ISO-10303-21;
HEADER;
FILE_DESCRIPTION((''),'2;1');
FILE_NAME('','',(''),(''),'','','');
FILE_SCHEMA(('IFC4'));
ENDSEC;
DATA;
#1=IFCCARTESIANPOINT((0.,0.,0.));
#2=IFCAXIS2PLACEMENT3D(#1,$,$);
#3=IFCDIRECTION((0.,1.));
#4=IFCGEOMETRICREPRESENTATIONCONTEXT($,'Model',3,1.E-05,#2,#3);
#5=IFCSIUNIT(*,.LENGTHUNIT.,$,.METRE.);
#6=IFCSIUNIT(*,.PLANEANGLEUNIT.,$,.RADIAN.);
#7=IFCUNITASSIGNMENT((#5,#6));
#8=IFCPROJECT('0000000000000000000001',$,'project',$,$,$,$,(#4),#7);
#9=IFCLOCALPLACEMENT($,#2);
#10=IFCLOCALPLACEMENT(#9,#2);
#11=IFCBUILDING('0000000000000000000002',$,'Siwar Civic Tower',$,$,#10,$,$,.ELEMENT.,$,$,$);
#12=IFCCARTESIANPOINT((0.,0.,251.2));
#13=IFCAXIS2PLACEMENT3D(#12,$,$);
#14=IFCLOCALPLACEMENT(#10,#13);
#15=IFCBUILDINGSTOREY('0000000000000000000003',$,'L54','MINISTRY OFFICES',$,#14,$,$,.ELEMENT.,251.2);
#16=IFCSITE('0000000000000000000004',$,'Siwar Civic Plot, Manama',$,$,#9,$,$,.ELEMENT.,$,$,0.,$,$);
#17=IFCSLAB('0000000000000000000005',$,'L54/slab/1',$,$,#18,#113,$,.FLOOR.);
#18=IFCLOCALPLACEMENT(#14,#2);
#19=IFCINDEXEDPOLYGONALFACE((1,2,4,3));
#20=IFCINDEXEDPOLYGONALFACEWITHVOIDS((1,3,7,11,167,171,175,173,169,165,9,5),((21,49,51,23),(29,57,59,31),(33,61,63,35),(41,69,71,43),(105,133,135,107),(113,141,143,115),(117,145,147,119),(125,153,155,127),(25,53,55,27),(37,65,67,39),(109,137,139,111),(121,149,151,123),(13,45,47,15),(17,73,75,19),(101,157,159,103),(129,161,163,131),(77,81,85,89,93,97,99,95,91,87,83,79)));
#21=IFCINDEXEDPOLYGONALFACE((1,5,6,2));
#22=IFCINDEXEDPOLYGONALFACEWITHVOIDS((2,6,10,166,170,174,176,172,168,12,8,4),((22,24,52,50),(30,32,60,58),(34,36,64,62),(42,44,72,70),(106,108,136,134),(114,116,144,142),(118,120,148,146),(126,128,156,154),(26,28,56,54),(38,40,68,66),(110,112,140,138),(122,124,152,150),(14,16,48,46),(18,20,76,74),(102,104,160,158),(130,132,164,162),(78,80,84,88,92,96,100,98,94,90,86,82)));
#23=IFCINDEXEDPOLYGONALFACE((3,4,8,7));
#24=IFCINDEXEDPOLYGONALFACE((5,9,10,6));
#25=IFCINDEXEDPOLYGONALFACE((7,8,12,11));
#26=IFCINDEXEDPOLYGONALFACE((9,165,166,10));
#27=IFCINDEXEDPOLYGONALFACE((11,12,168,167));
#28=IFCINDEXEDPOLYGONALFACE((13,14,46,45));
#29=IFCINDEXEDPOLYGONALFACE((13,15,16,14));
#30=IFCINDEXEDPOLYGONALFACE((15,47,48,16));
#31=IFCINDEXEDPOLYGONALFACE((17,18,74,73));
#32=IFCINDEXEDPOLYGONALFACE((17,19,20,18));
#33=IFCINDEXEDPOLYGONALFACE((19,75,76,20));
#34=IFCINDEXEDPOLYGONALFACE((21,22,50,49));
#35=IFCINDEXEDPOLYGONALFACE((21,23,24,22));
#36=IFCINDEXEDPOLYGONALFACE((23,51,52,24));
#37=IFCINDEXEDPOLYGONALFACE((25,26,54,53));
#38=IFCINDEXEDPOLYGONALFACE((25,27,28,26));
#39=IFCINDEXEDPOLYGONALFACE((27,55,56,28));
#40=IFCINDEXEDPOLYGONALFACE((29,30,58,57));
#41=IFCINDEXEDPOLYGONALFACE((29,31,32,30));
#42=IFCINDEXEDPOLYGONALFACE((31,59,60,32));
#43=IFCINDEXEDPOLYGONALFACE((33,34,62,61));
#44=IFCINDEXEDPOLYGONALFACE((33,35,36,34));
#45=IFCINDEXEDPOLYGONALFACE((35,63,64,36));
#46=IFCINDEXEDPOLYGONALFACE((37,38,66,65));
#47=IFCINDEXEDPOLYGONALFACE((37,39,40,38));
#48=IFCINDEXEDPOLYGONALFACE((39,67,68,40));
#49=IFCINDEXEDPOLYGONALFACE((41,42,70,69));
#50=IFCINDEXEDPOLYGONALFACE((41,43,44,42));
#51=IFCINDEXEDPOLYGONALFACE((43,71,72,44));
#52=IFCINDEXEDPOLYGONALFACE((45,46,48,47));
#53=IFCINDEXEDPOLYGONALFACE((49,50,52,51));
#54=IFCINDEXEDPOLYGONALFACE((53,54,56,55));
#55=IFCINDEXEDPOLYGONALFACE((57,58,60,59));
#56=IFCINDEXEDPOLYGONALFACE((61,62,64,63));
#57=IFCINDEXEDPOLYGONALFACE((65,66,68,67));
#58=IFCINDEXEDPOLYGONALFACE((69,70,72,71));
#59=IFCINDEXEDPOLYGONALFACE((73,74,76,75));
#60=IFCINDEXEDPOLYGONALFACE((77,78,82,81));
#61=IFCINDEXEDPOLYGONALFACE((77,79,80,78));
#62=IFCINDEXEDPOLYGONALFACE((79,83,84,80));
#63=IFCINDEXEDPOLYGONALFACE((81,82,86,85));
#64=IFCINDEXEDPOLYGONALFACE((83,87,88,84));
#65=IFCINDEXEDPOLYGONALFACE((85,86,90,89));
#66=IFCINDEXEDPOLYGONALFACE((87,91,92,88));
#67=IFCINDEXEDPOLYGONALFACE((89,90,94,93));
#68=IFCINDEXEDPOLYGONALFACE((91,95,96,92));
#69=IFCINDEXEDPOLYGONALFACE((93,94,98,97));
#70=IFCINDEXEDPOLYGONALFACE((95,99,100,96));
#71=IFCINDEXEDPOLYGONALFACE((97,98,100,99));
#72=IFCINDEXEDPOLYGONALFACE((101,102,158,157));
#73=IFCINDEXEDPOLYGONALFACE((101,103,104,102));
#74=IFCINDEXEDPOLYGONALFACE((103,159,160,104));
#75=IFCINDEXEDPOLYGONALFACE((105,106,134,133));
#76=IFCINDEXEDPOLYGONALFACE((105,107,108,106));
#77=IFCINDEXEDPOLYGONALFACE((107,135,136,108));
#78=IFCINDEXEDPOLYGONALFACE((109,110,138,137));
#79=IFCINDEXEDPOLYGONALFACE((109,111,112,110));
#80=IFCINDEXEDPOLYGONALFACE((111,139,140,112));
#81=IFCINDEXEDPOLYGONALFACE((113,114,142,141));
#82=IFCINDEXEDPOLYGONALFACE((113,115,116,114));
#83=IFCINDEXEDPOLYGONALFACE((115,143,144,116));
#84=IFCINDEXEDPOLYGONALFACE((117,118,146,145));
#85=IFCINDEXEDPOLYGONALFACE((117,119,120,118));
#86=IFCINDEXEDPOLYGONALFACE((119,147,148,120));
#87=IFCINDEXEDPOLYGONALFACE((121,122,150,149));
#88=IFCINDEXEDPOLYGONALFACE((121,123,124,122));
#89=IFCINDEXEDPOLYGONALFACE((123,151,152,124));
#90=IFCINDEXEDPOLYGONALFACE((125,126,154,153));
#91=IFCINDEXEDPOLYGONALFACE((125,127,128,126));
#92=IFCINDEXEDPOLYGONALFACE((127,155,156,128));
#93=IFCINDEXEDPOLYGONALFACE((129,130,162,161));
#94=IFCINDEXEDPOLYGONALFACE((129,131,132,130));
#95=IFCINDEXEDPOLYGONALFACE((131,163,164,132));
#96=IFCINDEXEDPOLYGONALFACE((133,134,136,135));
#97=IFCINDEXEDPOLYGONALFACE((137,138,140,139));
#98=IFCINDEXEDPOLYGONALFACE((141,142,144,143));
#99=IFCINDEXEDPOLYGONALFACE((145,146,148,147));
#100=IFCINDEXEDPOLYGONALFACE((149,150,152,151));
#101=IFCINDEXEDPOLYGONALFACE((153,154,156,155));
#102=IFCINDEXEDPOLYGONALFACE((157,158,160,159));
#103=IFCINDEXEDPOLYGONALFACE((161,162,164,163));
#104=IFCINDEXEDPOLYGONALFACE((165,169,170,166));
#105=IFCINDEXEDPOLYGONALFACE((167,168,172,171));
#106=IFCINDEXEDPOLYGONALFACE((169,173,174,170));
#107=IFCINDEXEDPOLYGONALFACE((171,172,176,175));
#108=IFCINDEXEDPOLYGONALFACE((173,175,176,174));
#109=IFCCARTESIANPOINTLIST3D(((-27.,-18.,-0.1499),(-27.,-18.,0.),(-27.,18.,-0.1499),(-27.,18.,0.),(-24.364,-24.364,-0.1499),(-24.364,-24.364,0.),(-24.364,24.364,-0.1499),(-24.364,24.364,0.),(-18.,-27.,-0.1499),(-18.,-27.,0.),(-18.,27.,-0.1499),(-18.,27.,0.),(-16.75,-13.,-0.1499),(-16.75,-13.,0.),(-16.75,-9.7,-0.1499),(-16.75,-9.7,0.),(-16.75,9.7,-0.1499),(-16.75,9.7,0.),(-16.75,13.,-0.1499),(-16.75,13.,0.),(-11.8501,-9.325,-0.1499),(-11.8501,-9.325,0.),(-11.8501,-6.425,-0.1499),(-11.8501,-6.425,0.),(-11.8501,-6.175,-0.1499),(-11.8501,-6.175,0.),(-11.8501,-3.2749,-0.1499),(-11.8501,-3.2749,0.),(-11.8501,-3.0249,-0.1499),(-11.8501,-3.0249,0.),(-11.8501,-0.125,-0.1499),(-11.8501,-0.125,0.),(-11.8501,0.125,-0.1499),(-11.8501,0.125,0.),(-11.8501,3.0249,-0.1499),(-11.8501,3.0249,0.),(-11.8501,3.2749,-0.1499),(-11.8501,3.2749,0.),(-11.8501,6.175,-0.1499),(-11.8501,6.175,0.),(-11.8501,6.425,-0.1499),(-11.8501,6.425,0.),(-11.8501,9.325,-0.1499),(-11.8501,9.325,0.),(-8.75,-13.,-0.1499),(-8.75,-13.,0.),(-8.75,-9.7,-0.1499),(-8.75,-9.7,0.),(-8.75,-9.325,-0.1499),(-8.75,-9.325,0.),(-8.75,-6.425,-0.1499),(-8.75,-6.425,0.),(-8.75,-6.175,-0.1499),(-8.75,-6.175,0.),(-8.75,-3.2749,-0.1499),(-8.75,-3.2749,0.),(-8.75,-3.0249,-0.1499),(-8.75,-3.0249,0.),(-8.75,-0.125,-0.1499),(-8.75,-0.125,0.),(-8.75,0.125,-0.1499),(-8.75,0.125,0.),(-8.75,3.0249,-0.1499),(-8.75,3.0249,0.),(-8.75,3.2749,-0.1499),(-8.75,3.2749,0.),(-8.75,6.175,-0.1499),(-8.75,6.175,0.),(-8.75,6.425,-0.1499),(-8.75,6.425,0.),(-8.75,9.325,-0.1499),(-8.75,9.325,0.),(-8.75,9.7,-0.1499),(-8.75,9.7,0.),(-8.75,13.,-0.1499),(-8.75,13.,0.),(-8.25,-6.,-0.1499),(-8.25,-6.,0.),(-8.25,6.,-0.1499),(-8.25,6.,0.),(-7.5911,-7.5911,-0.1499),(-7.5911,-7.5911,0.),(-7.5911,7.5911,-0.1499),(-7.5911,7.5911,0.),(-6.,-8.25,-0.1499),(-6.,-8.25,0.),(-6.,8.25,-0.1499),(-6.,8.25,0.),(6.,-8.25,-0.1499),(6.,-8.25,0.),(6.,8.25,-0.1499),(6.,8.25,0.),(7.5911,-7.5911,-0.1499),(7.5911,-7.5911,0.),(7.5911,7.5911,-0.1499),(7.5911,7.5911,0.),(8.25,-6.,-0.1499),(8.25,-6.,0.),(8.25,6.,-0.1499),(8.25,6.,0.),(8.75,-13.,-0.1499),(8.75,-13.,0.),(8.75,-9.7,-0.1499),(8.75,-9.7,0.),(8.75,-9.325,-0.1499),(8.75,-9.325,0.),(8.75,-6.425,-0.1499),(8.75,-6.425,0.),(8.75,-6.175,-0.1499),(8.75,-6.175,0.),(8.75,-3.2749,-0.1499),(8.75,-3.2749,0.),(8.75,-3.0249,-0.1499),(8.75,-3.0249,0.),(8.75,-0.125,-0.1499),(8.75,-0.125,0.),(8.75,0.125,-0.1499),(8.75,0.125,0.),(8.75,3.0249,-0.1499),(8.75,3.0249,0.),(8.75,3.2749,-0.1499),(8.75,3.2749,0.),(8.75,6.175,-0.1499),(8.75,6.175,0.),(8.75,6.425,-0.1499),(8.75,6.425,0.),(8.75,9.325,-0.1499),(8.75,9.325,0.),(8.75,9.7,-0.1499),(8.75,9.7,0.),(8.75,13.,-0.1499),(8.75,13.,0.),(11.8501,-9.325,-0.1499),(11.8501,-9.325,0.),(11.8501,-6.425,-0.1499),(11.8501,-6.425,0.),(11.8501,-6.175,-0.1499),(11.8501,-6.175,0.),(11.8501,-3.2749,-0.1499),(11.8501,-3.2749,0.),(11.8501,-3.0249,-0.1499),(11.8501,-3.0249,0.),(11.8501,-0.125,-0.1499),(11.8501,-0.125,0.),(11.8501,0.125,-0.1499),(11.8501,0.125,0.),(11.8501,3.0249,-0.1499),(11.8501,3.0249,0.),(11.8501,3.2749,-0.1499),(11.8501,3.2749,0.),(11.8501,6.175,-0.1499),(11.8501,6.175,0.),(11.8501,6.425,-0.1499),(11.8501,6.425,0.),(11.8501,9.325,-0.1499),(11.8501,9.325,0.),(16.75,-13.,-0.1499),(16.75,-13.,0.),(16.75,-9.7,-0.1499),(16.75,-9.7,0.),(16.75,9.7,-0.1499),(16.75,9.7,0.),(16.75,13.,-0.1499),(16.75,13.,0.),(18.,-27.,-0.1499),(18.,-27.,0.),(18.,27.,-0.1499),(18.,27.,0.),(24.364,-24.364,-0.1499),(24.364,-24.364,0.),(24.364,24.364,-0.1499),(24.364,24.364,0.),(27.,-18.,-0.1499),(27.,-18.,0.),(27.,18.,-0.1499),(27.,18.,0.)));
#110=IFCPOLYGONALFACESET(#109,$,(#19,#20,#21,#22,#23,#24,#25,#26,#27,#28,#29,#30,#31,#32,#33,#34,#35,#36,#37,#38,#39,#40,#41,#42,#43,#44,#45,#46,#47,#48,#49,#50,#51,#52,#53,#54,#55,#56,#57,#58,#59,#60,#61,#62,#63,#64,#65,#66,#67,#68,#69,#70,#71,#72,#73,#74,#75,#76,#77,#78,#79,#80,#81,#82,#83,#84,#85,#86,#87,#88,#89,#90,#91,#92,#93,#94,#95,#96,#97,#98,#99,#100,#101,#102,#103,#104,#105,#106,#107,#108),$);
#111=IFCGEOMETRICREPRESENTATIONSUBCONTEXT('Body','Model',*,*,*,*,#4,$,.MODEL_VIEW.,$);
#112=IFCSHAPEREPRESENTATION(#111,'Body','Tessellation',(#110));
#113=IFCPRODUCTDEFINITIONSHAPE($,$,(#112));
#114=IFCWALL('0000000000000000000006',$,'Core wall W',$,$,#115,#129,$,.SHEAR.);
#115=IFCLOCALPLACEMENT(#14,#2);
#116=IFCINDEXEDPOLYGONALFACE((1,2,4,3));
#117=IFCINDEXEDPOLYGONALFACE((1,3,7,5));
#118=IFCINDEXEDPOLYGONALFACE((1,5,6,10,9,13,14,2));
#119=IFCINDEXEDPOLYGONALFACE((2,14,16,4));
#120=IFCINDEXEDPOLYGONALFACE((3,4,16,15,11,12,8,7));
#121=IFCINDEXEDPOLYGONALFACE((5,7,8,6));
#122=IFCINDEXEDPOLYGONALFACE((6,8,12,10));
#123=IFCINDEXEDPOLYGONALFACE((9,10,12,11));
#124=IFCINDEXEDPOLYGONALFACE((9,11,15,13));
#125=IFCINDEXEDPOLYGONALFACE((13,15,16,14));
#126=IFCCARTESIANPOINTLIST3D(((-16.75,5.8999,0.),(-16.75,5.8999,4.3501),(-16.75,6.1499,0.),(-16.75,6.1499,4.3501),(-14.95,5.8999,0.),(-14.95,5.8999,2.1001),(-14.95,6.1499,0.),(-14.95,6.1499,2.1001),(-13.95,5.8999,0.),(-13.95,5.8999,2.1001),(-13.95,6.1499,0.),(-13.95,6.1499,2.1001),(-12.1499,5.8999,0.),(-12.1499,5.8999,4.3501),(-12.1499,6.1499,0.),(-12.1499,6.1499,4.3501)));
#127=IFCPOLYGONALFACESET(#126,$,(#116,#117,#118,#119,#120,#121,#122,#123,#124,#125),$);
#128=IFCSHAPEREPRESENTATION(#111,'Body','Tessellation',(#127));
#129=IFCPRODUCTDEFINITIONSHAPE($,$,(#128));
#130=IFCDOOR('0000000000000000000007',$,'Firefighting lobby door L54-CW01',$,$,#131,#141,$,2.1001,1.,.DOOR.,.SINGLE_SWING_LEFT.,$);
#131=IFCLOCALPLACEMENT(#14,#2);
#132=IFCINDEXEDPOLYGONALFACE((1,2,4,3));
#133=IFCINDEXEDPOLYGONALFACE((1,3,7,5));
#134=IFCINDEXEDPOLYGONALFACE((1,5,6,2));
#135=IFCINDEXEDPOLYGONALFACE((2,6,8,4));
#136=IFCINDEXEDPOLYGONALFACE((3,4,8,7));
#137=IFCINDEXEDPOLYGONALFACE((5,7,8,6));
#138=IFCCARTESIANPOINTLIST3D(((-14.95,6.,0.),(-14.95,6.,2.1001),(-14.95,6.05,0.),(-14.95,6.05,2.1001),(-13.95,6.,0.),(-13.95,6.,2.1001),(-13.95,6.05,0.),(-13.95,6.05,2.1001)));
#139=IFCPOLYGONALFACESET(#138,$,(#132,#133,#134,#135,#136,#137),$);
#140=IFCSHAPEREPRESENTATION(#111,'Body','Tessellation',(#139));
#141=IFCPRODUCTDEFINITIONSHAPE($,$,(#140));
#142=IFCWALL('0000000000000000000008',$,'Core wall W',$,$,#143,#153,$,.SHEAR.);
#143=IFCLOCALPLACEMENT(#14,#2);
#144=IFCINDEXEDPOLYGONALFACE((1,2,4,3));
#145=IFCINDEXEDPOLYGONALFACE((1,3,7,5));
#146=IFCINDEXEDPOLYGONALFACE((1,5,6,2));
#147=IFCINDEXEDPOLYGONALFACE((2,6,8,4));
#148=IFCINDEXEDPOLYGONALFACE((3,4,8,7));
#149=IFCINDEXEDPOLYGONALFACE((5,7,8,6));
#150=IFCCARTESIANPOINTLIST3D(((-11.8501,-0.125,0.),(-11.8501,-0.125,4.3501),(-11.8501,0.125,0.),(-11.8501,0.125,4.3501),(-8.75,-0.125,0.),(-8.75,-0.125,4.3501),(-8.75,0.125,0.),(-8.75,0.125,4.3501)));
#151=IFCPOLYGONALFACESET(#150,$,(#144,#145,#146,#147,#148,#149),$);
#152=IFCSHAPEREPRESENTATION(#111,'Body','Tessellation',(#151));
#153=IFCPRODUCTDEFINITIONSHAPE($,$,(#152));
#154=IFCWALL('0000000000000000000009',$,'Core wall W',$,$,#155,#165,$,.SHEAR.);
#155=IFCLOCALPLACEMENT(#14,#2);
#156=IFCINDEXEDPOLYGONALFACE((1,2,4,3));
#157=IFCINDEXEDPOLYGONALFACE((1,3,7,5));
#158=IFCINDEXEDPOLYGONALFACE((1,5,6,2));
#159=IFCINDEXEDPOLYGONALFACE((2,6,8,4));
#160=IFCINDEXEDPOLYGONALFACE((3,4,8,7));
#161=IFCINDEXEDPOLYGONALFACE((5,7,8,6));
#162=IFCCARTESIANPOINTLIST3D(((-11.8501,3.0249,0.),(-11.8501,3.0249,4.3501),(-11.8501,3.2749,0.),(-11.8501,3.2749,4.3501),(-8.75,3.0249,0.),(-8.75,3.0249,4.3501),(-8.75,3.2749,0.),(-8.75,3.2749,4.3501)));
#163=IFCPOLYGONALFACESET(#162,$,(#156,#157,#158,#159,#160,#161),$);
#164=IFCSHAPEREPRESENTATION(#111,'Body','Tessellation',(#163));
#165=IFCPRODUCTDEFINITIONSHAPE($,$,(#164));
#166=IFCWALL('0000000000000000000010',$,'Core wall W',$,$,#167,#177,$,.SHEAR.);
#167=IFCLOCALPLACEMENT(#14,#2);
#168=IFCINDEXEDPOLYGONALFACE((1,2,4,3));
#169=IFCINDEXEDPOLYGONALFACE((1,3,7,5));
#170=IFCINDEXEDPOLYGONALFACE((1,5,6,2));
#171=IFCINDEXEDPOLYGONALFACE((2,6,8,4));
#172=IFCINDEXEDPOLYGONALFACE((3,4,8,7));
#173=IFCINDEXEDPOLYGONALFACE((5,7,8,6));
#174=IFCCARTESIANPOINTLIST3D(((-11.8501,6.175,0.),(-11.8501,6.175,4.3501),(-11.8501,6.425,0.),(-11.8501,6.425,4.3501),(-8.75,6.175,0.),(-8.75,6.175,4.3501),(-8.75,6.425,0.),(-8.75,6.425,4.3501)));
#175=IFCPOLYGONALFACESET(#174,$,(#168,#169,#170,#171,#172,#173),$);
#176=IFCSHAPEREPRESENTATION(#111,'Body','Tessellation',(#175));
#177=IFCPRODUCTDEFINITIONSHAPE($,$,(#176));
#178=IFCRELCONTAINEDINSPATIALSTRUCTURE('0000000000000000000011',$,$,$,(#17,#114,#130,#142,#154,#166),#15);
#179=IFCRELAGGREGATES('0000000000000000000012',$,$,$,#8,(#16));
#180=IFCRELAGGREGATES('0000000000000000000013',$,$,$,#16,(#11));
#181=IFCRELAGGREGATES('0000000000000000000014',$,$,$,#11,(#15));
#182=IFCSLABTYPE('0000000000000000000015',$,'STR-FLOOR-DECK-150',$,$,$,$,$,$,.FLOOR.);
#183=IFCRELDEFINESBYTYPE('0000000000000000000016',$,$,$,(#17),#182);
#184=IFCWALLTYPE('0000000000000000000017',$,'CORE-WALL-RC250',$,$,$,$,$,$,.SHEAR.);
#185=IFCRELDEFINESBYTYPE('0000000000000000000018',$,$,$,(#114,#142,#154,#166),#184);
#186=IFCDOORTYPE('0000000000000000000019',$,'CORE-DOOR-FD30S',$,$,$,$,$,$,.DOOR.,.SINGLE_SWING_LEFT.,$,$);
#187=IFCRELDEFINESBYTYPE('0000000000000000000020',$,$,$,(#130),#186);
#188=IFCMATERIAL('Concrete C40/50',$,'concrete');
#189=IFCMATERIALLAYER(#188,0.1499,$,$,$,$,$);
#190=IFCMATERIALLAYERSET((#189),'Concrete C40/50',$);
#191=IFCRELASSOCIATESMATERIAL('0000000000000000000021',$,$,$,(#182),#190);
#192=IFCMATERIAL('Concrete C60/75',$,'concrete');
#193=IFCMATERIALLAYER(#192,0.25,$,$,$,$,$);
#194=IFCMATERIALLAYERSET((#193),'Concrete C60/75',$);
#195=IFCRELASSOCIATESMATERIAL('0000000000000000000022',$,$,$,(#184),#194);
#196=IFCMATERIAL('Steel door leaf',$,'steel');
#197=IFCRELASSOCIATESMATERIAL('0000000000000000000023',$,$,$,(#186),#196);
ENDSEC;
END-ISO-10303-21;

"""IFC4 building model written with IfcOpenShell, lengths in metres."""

from ifc_helpers import new_model, si_unit, direction, frame, frame_2d, origin, place, context, subcontext, project, spatial, polyline, rectangle, outline, extrude, material, layer, layer_set, type_object, element, fill, save


model = new_model("IFC4")

# Units and contexts
model_context = context("Model", 3, precision=1e-05, world=origin(), true_north=direction((0.0, 1.0)))
body_context = subcontext(model_context, "Body", "Model", "MODEL_VIEW")
ifc_project = project(units=[si_unit("LENGTHUNIT", "METRE"), si_unit("PLANEANGLEUNIT", "RADIAN")], contexts=[model_context])

# Site, building, storey
site_placement = place(None, origin())
site = spatial("IfcSite", under=ifc_project, at=site_placement, Name="Siwar Civic Plot, Manama", CompositionType="ELEMENT", RefElevation=0.0)
building_placement = place(site_placement, origin())
building = spatial("IfcBuilding", under=site, at=building_placement, Name="Siwar Civic Tower", CompositionType="ELEMENT")
storey_placement = place(building_placement, frame((0.0, 0.0, 251.2)))
storey = spatial("IfcBuildingStorey", under=building, at=storey_placement, Name="L54", Description="MINISTRY OFFICES", CompositionType="ELEMENT", Elevation=251.2)

# Slab
ifc_material_1 = material(Name="Concrete C40/50", Category="concrete")
ifc_layer_1 = layer(ifc_material_1, 0.1499)
ifc_layer_set_1 = layer_set([ifc_layer_1], Name="Concrete C40/50")
slab_type = type_object("IfcSlabType", Name="STR-FLOOR-DECK-150", PredefinedType="FLOOR", material=ifc_layer_set_1)
slab_placement = place(storey_placement, frame((0.0, 0.0, -0.1499)))
element("IfcSlab", 1, at=slab_placement, inside=storey, type_object=slab_type, Name="L54/slab/1", PredefinedType="FLOOR", context=body_context, shape_type="SweptSolid", body=[
    extrude(outline(polyline([(-18.0, -27.0), (18.0, -27.0), (24.364, -24.364), (27.0, -18.0), (27.0, 18.0), (24.364, 24.364), (18.0, 27.0), (-18.0, 27.0), (-24.364, 24.364), (-27.0, 18.0), (-27.0, -18.0), (-24.364, -24.364), (-18.0, -27.0)]), holes=[polyline([(16.75, 13.0), (16.75, 9.7), (8.75, 9.7), (8.75, 13.0), (16.75, 13.0)]), polyline([(8.75, -9.7), (16.75, -9.7), (16.75, -13.0), (8.75, -13.0), (8.75, -9.7)]), polyline([(11.8501, 9.325), (11.8501, 6.425), (8.75, 6.425), (8.75, 9.325), (11.8501, 9.325)]), polyline([(8.75, 6.175), (11.8501, 6.175), (11.8501, 3.2749), (8.75, 3.2749), (8.75, 6.175)]), polyline([(8.75, 3.0249), (11.8501, 3.0249), (11.8501, 0.125), (8.75, 0.125), (8.75, 3.0249)]), polyline([(8.75, -0.125), (11.8501, -0.125), (11.8501, -3.0249), (8.75, -3.0249), (8.75, -0.125)]), polyline([(8.75, -3.2749), (11.8501, -3.2749), (11.8501, -6.175), (8.75, -6.175), (8.75, -3.2749)]), polyline([(8.75, -6.425), (11.8501, -6.425), (11.8501, -9.325), (8.75, -9.325), (8.75, -6.425)]), polyline([(-6.0, 8.25), (6.0, 8.25), (7.5911, 7.5911), (8.25, 6.0), (8.25, -6.0), (7.5911, -7.5911), (6.0, -8.25), (-6.0, -8.25), (-7.5911, -7.5911), (-8.25, -6.0), (-8.25, 6.0), (-7.5911, 7.5911), (-6.0, 8.25)]), polyline([(-8.75, -13.0), (-16.75, -13.0), (-16.75, -9.7), (-8.75, -9.7), (-8.75, -13.0)]), polyline([(-8.75, 9.7), (-16.75, 9.7), (-16.75, 13.0), (-8.75, 13.0), (-8.75, 9.7)]), polyline([(-8.75, 6.425), (-11.8501, 6.425), (-11.8501, 9.325), (-8.75, 9.325), (-8.75, 6.425)]), polyline([(-8.75, 3.2749), (-11.8501, 3.2749), (-11.8501, 6.175), (-8.75, 6.175), (-8.75, 3.2749)]), polyline([(-8.75, 0.125), (-11.8501, 0.125), (-11.8501, 3.0249), (-8.75, 3.0249), (-8.75, 0.125)]), polyline([(-8.75, -3.0249), (-11.8501, -3.0249), (-11.8501, -0.125), (-8.75, -0.125), (-8.75, -3.0249)]), polyline([(-8.75, -6.175), (-11.8501, -6.175), (-11.8501, -3.2749), (-8.75, -3.2749), (-8.75, -6.175)]), polyline([(-8.75, -9.325), (-11.8501, -9.325), (-11.8501, -6.425), (-8.75, -6.425), (-8.75, -9.325)])]), origin(), (0.0, 0.0, 1.0), 0.1499),
])

# Wall, opening, door
ifc_material_2 = material(Name="Concrete C60/75", Category="concrete")
ifc_layer_2 = layer(ifc_material_2, 0.25)
ifc_layer_set_2 = layer_set([ifc_layer_2], Name="Concrete C60/75")
wall_type_1 = type_object("IfcWallType", Name="CORE-WALL-RC250", PredefinedType="SHEAR", material=ifc_layer_set_2)
wall_1_placement = place(storey_placement, frame((-12.1499, 6.0249, 0.0), z_axis=(0.0, 0.0, 1.0), x_axis=(-1.0, 0.0, 0.0)))
wall_1 = element("IfcWall", 2, at=wall_1_placement, inside=storey, type_object=wall_type_1, Name="Core wall W", PredefinedType="SHEAR", context=body_context, shape_type="SweptSolid", body=[
    extrude(rectangle(XDim=4.6001, YDim=0.25, at=frame_2d((2.3, 0.0))), origin(), (0.0, 0.0, 1.0), 4.3501),
])
opening_1_placement = place(wall_1_placement, frame((1.8, 0.0, 0.0)))
opening_1 = element("IfcOpeningElement", 3, at=opening_1_placement, cuts=wall_1, PredefinedType="OPENING", context=body_context, shape_type="SweptSolid", body=[
    extrude(rectangle(XDim=1.0, YDim=2.1001, at=frame_2d((0.5, 1.05))), frame((0.0, 0.135, 0.0), z_axis=(0.0, -1.0, 0.0), x_axis=(1.0, 0.0, 0.0)), (0.0, 0.0, 1.0), 0.27),
])
ifc_material_3 = material(Name="Steel door leaf", Category="steel")
door_type_1 = type_object("IfcDoorType", Name="CORE-DOOR-FD30S", OperationType="SINGLE_SWING_LEFT", PredefinedType="DOOR", material=ifc_material_3)
door_1_placement = place(opening_1_placement, origin())
door_1 = element("IfcDoor", 4, at=door_1_placement, inside=storey, type_object=door_type_1, Name="Firefighting lobby door L54-CW01", OperationType="SINGLE_SWING_LEFT", OverallHeight=2.1001, OverallWidth=1.0, PredefinedType="DOOR", context=body_context, shape_type="SweptSolid", body=[
    extrude(rectangle(XDim=1.0, YDim=2.1001, at=frame_2d((0.5, 1.05))), frame((0.0, 0.0249, 0.0), z_axis=(0.0, -1.0, 0.0), x_axis=(1.0, 0.0, 0.0)), (0.0, 0.0, 1.0), 0.05),
])
fill(opening_1, door_1)

# Walls
for number, where, z_axis, x_axis, name in (
    (5, (-8.75, 0.0, 0.0), (0.0, 0.0, 1.0), (-1.0, 0.0, 0.0), "Core wall W"),
    (6, (-8.75, 3.1499, 0.0), (0.0, 0.0, 1.0), (-1.0, 0.0, 0.0), "Core wall W"),
    (7, (-8.75, 6.3, 0.0), (0.0, 0.0, 1.0), (-1.0, 0.0, 0.0), "Core wall W"),
):
    element("IfcWall", number, at=place(storey_placement, frame(where, z_axis=z_axis, x_axis=x_axis)), inside=storey, type_object=wall_type_1, Name=name, PredefinedType="SHEAR", context=body_context, shape_type="SweptSolid", body=[
        extrude(rectangle(XDim=3.1001, YDim=0.25, at=frame_2d((1.55, 0.0))), origin(), (0.0, 0.0, 1.0), 4.3501),
    ])

save(model, "model.ifc")
